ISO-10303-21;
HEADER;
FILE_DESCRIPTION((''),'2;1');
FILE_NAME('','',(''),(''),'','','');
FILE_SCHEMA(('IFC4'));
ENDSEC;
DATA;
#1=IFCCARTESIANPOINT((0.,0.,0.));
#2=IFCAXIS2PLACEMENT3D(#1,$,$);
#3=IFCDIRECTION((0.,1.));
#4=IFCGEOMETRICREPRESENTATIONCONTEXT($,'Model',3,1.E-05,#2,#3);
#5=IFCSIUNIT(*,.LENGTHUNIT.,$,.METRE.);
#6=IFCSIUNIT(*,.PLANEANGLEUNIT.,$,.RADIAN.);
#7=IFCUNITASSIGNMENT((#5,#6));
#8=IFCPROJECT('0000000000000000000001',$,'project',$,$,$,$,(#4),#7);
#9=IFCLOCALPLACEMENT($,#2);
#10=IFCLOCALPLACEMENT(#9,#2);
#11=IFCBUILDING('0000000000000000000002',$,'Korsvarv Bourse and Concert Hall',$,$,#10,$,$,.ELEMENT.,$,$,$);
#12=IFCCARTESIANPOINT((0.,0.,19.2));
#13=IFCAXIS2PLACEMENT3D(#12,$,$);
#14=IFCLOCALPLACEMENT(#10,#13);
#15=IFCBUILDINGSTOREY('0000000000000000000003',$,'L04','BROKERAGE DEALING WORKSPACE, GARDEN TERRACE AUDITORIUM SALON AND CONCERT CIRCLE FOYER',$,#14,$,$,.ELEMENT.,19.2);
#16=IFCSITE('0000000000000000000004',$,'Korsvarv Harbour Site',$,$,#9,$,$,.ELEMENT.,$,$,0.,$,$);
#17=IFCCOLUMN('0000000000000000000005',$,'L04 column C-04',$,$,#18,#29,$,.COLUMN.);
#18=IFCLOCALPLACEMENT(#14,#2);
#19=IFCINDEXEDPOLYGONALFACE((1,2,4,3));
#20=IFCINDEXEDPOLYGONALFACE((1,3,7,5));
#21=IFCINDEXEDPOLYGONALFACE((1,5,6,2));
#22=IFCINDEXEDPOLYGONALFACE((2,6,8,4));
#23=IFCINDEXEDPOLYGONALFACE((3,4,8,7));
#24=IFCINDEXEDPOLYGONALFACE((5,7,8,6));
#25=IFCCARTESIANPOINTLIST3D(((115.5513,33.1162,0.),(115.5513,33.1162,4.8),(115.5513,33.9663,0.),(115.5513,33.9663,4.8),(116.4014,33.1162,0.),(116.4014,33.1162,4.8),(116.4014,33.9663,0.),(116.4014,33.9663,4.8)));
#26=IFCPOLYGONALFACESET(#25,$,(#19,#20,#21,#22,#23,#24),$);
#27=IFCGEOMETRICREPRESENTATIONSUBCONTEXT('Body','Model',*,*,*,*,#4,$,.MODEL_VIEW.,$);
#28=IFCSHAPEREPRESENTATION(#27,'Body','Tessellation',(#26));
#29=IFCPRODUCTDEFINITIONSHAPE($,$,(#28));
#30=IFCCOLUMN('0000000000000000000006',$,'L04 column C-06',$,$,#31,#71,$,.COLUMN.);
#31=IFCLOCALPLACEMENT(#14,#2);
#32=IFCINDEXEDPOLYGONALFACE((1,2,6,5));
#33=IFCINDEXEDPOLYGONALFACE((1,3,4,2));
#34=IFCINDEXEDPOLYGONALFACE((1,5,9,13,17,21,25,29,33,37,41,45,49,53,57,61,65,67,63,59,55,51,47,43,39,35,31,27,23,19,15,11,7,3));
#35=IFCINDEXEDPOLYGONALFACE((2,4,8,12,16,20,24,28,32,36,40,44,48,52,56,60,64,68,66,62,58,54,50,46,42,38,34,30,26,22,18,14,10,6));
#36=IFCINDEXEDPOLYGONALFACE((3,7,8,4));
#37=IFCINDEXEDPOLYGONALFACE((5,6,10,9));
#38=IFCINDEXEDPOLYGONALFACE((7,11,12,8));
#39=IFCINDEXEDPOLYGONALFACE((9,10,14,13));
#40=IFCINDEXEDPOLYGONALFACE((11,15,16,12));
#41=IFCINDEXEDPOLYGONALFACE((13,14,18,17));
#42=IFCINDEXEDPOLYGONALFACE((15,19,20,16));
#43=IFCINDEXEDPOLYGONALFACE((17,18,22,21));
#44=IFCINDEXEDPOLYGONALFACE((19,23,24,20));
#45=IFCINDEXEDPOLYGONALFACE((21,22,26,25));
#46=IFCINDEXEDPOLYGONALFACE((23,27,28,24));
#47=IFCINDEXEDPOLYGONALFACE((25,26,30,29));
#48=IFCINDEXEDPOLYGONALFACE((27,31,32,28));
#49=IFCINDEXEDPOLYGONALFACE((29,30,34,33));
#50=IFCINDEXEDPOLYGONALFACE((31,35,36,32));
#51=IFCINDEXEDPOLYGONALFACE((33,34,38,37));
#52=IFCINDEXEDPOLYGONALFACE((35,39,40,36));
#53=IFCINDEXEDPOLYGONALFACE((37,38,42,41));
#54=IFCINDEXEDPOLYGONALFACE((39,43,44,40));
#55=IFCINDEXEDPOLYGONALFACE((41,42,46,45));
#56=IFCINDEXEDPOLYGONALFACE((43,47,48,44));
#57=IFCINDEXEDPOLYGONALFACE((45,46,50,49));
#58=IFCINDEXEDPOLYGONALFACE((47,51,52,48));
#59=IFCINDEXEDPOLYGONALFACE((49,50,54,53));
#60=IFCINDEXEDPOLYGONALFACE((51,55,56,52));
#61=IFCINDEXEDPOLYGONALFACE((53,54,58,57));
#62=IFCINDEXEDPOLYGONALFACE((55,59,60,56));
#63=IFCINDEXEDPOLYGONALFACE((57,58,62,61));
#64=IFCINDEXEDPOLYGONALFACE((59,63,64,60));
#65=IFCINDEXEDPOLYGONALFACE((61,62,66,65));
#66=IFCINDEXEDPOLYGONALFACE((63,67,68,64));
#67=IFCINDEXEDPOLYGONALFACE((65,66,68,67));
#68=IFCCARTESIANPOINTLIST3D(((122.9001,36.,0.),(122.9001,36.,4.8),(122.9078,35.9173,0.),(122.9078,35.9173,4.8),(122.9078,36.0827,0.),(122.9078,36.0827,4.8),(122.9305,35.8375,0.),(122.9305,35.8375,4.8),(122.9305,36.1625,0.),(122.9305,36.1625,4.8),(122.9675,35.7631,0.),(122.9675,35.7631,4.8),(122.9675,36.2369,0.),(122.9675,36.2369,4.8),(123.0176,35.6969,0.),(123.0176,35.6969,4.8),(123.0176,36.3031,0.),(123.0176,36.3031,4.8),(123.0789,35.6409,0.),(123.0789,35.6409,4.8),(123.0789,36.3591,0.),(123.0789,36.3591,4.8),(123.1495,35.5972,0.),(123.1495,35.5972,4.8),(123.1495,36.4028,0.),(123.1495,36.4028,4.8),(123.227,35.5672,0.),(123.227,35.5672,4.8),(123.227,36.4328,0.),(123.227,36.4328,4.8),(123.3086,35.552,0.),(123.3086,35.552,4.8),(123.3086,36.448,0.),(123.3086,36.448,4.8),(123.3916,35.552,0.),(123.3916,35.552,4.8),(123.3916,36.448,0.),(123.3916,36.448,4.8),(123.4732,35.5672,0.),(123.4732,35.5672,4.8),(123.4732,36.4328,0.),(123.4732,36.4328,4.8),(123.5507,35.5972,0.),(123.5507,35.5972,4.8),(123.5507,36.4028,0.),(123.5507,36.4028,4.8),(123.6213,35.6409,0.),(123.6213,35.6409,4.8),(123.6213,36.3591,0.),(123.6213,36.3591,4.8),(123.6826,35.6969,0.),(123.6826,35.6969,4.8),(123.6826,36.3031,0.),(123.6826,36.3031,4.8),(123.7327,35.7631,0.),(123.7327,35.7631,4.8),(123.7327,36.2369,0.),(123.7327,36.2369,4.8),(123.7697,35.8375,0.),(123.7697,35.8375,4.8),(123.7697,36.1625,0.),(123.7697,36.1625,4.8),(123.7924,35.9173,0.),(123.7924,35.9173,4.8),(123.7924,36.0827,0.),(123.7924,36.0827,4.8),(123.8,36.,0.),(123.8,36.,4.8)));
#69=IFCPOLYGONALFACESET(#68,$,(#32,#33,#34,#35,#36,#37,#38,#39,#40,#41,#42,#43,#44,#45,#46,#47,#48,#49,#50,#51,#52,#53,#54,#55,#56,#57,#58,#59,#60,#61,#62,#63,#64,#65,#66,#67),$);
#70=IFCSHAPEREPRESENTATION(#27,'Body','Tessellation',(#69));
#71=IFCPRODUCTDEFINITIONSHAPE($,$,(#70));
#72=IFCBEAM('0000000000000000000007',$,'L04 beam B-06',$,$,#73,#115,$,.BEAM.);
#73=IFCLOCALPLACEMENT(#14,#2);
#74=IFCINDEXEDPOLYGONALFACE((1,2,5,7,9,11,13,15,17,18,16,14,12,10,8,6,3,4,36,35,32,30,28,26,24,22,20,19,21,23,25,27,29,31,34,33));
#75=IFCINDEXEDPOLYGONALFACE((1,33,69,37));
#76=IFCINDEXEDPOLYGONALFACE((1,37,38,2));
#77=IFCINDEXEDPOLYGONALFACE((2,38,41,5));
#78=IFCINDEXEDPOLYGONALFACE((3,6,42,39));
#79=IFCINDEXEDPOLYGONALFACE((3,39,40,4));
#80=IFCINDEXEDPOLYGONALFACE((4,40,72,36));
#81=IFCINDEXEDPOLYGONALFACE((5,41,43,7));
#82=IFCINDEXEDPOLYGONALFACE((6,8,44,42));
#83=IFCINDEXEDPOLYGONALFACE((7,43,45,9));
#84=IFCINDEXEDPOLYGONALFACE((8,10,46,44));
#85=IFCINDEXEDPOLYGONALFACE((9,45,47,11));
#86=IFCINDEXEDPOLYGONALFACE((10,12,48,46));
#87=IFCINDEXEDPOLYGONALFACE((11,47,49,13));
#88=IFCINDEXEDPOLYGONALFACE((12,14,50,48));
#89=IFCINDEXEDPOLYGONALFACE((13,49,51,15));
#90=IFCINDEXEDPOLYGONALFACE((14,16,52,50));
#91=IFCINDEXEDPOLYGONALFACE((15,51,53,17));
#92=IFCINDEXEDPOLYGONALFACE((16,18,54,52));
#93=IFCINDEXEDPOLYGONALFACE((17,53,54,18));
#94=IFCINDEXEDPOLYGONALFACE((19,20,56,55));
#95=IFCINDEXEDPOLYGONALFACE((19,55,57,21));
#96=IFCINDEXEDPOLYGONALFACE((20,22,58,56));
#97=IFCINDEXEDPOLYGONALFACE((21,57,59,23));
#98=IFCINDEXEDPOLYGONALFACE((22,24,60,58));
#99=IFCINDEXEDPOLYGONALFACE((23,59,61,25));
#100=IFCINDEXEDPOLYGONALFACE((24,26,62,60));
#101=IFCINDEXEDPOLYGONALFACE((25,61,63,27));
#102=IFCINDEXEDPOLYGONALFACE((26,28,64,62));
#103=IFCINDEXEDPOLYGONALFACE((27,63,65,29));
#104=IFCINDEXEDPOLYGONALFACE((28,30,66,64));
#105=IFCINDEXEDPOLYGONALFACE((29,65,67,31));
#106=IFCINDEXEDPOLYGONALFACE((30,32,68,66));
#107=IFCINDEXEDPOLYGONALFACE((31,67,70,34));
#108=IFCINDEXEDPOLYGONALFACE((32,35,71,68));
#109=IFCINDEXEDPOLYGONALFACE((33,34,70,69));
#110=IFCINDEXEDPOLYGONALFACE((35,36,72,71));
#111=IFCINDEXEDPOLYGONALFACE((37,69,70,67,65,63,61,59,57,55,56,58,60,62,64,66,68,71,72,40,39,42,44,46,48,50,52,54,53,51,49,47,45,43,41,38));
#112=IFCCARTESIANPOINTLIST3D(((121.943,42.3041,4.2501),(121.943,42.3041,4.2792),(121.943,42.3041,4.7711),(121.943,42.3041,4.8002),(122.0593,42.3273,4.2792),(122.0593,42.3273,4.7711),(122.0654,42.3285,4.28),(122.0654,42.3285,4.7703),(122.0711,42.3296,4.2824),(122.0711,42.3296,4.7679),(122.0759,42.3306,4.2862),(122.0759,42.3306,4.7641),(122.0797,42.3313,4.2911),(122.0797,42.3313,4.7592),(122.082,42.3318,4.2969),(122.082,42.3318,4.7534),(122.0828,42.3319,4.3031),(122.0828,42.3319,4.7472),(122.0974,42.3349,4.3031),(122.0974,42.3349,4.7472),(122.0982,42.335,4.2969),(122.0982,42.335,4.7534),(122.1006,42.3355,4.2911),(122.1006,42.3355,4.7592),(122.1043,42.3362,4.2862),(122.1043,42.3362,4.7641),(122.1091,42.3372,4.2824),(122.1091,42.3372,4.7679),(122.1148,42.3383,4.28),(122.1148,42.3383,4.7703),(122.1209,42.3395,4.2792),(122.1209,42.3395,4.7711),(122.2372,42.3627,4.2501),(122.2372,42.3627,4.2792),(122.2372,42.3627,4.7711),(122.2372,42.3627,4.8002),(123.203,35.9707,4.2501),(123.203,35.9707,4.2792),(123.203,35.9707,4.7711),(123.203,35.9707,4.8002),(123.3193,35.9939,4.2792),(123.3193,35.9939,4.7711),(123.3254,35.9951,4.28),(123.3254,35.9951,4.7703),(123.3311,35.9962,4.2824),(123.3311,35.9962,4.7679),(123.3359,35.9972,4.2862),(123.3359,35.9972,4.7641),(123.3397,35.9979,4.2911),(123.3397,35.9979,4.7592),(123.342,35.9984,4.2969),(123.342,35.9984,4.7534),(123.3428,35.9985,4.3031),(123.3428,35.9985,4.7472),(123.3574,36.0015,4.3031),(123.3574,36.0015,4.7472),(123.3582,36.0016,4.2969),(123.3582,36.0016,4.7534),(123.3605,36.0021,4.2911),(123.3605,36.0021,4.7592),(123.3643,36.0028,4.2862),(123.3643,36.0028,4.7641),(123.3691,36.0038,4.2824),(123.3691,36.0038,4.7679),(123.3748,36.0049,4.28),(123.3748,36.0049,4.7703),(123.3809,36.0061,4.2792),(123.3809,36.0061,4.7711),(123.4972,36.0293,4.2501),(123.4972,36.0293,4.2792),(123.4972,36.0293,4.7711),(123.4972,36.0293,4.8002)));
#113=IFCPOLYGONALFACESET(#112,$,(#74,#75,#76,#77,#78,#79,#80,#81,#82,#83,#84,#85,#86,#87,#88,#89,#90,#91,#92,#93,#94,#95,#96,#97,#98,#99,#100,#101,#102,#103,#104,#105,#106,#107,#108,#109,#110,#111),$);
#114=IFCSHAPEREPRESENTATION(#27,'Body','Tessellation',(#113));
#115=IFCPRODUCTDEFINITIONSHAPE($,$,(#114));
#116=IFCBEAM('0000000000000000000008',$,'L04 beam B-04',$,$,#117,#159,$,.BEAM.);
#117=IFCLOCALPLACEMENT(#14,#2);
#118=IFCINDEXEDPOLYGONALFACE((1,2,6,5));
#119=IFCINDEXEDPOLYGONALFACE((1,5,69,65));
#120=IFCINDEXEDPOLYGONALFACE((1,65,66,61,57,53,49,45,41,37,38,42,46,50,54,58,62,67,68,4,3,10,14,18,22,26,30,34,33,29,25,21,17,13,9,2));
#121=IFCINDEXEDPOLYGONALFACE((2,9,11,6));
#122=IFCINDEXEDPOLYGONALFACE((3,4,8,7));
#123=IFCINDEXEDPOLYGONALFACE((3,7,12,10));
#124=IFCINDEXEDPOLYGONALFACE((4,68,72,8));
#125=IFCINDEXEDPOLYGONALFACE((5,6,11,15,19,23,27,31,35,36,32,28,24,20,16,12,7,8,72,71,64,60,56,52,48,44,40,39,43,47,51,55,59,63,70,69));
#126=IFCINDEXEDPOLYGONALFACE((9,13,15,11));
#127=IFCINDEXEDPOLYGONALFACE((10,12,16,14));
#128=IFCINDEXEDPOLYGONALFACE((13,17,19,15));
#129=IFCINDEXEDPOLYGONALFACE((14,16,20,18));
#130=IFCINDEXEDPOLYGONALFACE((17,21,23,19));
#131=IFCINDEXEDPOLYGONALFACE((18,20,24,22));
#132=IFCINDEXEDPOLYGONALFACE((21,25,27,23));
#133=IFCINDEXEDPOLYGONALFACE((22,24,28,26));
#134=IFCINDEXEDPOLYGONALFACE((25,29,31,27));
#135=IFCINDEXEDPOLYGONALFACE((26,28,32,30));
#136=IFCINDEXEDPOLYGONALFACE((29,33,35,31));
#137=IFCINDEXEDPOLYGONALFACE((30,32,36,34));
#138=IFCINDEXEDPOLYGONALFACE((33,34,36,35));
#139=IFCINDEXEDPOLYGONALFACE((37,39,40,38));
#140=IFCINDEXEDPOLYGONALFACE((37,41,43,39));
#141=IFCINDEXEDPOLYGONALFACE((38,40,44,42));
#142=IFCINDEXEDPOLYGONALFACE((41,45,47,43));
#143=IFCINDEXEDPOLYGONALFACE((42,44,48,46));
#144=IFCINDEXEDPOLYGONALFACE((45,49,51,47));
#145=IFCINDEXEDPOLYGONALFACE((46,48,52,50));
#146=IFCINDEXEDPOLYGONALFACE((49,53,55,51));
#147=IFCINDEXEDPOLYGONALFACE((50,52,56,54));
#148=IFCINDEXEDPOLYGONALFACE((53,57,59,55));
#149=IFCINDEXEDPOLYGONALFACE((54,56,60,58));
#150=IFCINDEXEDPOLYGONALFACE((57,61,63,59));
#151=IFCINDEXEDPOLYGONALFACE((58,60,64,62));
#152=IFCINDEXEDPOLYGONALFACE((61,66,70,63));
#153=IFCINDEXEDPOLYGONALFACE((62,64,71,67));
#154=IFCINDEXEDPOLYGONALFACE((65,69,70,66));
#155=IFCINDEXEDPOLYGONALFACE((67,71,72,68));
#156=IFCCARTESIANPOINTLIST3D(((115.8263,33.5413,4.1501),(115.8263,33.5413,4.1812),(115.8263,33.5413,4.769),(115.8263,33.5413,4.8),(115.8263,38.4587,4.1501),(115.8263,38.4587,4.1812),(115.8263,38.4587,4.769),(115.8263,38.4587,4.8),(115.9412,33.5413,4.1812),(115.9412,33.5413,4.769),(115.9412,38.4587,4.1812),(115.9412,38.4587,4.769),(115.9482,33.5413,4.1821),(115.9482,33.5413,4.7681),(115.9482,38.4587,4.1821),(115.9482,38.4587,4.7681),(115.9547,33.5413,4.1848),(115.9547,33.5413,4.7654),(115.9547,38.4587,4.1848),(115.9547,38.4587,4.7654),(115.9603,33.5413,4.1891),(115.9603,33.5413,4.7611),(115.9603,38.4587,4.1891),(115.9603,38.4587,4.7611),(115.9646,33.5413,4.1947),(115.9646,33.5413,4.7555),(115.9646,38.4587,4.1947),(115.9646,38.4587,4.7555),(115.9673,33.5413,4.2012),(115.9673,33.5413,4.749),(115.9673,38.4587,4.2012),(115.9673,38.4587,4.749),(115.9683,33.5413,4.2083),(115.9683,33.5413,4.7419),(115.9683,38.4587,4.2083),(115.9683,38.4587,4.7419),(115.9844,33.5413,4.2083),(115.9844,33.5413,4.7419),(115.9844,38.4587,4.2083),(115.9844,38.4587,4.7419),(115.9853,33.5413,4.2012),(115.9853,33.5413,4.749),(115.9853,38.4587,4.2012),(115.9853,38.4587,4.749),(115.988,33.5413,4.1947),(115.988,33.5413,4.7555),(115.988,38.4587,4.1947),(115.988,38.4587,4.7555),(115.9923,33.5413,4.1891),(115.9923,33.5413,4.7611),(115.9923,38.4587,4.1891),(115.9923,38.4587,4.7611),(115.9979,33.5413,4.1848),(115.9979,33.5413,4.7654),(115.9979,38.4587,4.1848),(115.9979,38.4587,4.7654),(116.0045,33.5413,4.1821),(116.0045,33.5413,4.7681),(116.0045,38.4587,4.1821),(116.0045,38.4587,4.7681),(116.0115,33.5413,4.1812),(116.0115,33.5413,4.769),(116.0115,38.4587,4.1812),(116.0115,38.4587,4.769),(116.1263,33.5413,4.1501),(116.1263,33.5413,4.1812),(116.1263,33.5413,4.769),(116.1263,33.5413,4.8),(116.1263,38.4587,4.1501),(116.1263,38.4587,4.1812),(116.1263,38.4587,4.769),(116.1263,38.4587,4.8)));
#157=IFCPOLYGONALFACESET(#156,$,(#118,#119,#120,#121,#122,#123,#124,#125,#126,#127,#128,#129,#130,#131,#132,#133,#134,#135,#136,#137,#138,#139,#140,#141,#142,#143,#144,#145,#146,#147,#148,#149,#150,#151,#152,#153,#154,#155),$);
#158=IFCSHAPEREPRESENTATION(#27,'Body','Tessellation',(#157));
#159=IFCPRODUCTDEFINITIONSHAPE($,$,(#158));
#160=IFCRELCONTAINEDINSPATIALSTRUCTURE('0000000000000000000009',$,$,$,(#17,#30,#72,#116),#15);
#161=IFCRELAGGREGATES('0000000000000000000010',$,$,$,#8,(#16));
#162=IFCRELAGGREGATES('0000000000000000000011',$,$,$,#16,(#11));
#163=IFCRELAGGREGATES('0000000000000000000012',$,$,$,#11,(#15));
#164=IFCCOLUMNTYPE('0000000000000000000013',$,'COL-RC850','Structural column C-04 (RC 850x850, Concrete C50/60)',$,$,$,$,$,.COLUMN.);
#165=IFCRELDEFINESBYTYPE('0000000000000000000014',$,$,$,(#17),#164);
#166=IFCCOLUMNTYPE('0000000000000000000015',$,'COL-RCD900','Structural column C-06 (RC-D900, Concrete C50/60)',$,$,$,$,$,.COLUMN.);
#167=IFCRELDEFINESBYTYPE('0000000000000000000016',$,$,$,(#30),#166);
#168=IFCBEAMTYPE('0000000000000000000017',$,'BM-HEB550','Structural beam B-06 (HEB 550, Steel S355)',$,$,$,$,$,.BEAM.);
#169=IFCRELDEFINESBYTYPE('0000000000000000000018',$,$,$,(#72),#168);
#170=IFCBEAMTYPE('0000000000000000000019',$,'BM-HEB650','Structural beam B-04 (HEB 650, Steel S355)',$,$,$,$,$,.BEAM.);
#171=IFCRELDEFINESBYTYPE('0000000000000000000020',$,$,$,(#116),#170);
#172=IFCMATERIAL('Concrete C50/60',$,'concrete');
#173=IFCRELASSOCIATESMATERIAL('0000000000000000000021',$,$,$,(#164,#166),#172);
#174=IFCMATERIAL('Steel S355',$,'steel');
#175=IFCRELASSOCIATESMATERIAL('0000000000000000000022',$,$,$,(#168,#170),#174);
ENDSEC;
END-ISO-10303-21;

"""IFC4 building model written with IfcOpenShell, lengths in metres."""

from ifc_helpers import new_model, si_unit, direction, frame, origin, origin_2d, place, context, subcontext, project, spatial, rectangle, circle, i_section, extrude, source, transform, mapped, material, material_profile, profile_set, type_object, element, save


model = new_model("IFC4")

# Units and contexts
model_context = context("Model", 3, precision=1e-05, world=origin(), true_north=direction((0.0, 1.0)))
body_context = subcontext(model_context, "Body", "Model", "MODEL_VIEW")
ifc_project = project(units=[si_unit("LENGTHUNIT", "METRE"), si_unit("PLANEANGLEUNIT", "RADIAN")], contexts=[model_context])

# Site, building, storey
site_placement = place(None, origin())
site = spatial("IfcSite", under=ifc_project, at=site_placement, Name="Korsvarv Harbour Site", CompositionType="ELEMENT", RefElevation=0.0)
building_placement = place(site_placement, origin())
building = spatial("IfcBuilding", under=site, at=building_placement, Name="Korsvarv Bourse and Concert Hall", CompositionType="ELEMENT")
storey_placement = place(building_placement, frame((0.0, 0.0, 19.2)))
storey = spatial("IfcBuildingStorey", under=building, at=storey_placement, Name="L04", Description="BROKERAGE DEALING WORKSPACE, GARDEN TERRACE AUDITORIUM SALON AND CONCERT CIRCLE FOYER", CompositionType="ELEMENT", Elevation=19.2)

# Columns
ifc_material_1 = material(Name="Concrete C50/60", Category="concrete")
ifc_material_profile_1 = material_profile(ifc_material_1, rectangle(XDim=0.8501, YDim=0.8501, at=origin_2d()), Name="RC 850x850")
ifc_profile_set_1 = profile_set([ifc_material_profile_1], Name="Concrete C50/60")
column_type_1 = type_object("IfcColumnType", Name="COL-RC850", Description="Structural column C-04 (RC 850x850, Concrete C50/60)", PredefinedType="COLUMN", material=ifc_profile_set_1)
shared_shape_1 = source(origin(), body_context, "Body", "SweptSolid", [
    extrude(rectangle(XDim=0.8501, YDim=0.8501, at=origin_2d()), origin(), (0.0, 0.0, 1.0), 4.8),
])
column_1_placement = place(storey_placement, frame((115.9763, 33.5413, 0.0), z_axis=(0.0, 0.0, 1.0), x_axis=(1.0, 0.0, 0.0)))
element("IfcColumn", 1, at=column_1_placement, inside=storey, type_object=column_type_1, Name="L04 column C-04", PredefinedType="COLUMN", context=body_context, shape_type="MappedRepresentation", body=[
    mapped(shared_shape_1, transform((0.0, 0.0, 0.0), scale=1.0)),
])
ifc_material_profile_2 = material_profile(ifc_material_1, circle(Radius=0.45, at=origin_2d()), Name="RC-D900")
ifc_profile_set_2 = profile_set([ifc_material_profile_2], Name="Concrete C50/60")
column_type_2 = type_object("IfcColumnType", Name="COL-RCD900", Description="Structural column C-06 (RC-D900, Concrete C50/60)", PredefinedType="COLUMN", material=ifc_profile_set_2)
shared_shape_2 = source(origin(), body_context, "Body", "SweptSolid", [
    extrude(circle(Radius=0.45, at=origin_2d()), origin(), (0.0, 0.0, 1.0), 4.8),
])
column_2_placement = place(storey_placement, frame((123.3501, 36.0, 0.0), z_axis=(0.0, 0.0, 1.0), x_axis=(1.0, 0.0, 0.0)))
element("IfcColumn", 2, at=column_2_placement, inside=storey, type_object=column_type_2, Name="L04 column C-06", PredefinedType="COLUMN", context=body_context, shape_type="MappedRepresentation", body=[
    mapped(shared_shape_2, transform((0.0, 0.0, 0.0), scale=1.0)),
])

# Beams
ifc_material_2 = material(Name="Steel S355", Category="steel")
ifc_material_profile_3 = material_profile(ifc_material_2, i_section(OverallWidth=0.3, OverallDepth=0.55, WebThickness=0.0149, FlangeThickness=0.0291, FilletRadius=0.0239, at=origin_2d()), Name="HEB 550")
ifc_profile_set_3 = profile_set([ifc_material_profile_3], Name="Steel S355")
beam_type_1 = type_object("IfcBeamType", Name="BM-HEB550", Description="Structural beam B-06 (HEB 550, Steel S355)", PredefinedType="BEAM", material=ifc_profile_set_3)
shared_shape_3 = source(origin(), body_context, "Body", "SweptSolid", [
    extrude(i_section(OverallWidth=0.3, OverallDepth=0.55, WebThickness=0.0149, FlangeThickness=0.0291, FilletRadius=0.0239, at=origin_2d()), origin(), (0.0, 0.0, 1.0), 6.4575),
])
beam_1_placement = place(storey_placement, frame((123.3501, 36.0, 4.5251), z_axis=(-0.19512, 0.980779, 0.0), x_axis=(-0.980779, -0.19512, 0.0)))
element("IfcBeam", 3, at=beam_1_placement, inside=storey, type_object=beam_type_1, Name="L04 beam B-06", PredefinedType="BEAM", context=body_context, shape_type="MappedRepresentation", body=[
    mapped(shared_shape_3, transform((0.0, 0.0, 0.0), scale=1.0)),
])
ifc_material_profile_4 = material_profile(ifc_material_2, i_section(OverallWidth=0.3, OverallDepth=0.6499, WebThickness=0.0161, FlangeThickness=0.031, FilletRadius=0.0271, at=origin_2d()), Name="HEB 650")
ifc_profile_set_4 = profile_set([ifc_material_profile_4], Name="Steel S355")
beam_type_2 = type_object("IfcBeamType", Name="BM-HEB650", Description="Structural beam B-04 (HEB 650, Steel S355)", PredefinedType="BEAM", material=ifc_profile_set_4)
shared_shape_4 = source(origin(), body_context, "Body", "SweptSolid", [
    extrude(i_section(OverallWidth=0.3, OverallDepth=0.6499, WebThickness=0.0161, FlangeThickness=0.031, FilletRadius=0.0271, at=origin_2d()), origin(), (0.0, 0.0, 1.0), 4.9175),
])
beam_2_placement = place(storey_placement, frame((115.9763, 33.5413, 4.4751), z_axis=(0.0, 1.0, 0.0), x_axis=(-1.0, 0.0, 0.0)))
element("IfcBeam", 4, at=beam_2_placement, inside=storey, type_object=beam_type_2, Name="L04 beam B-04", PredefinedType="BEAM", context=body_context, shape_type="MappedRepresentation", body=[
    mapped(shared_shape_4, transform((0.0, 0.0, 0.0), scale=1.0)),
])

save(model, "model.ifc")
